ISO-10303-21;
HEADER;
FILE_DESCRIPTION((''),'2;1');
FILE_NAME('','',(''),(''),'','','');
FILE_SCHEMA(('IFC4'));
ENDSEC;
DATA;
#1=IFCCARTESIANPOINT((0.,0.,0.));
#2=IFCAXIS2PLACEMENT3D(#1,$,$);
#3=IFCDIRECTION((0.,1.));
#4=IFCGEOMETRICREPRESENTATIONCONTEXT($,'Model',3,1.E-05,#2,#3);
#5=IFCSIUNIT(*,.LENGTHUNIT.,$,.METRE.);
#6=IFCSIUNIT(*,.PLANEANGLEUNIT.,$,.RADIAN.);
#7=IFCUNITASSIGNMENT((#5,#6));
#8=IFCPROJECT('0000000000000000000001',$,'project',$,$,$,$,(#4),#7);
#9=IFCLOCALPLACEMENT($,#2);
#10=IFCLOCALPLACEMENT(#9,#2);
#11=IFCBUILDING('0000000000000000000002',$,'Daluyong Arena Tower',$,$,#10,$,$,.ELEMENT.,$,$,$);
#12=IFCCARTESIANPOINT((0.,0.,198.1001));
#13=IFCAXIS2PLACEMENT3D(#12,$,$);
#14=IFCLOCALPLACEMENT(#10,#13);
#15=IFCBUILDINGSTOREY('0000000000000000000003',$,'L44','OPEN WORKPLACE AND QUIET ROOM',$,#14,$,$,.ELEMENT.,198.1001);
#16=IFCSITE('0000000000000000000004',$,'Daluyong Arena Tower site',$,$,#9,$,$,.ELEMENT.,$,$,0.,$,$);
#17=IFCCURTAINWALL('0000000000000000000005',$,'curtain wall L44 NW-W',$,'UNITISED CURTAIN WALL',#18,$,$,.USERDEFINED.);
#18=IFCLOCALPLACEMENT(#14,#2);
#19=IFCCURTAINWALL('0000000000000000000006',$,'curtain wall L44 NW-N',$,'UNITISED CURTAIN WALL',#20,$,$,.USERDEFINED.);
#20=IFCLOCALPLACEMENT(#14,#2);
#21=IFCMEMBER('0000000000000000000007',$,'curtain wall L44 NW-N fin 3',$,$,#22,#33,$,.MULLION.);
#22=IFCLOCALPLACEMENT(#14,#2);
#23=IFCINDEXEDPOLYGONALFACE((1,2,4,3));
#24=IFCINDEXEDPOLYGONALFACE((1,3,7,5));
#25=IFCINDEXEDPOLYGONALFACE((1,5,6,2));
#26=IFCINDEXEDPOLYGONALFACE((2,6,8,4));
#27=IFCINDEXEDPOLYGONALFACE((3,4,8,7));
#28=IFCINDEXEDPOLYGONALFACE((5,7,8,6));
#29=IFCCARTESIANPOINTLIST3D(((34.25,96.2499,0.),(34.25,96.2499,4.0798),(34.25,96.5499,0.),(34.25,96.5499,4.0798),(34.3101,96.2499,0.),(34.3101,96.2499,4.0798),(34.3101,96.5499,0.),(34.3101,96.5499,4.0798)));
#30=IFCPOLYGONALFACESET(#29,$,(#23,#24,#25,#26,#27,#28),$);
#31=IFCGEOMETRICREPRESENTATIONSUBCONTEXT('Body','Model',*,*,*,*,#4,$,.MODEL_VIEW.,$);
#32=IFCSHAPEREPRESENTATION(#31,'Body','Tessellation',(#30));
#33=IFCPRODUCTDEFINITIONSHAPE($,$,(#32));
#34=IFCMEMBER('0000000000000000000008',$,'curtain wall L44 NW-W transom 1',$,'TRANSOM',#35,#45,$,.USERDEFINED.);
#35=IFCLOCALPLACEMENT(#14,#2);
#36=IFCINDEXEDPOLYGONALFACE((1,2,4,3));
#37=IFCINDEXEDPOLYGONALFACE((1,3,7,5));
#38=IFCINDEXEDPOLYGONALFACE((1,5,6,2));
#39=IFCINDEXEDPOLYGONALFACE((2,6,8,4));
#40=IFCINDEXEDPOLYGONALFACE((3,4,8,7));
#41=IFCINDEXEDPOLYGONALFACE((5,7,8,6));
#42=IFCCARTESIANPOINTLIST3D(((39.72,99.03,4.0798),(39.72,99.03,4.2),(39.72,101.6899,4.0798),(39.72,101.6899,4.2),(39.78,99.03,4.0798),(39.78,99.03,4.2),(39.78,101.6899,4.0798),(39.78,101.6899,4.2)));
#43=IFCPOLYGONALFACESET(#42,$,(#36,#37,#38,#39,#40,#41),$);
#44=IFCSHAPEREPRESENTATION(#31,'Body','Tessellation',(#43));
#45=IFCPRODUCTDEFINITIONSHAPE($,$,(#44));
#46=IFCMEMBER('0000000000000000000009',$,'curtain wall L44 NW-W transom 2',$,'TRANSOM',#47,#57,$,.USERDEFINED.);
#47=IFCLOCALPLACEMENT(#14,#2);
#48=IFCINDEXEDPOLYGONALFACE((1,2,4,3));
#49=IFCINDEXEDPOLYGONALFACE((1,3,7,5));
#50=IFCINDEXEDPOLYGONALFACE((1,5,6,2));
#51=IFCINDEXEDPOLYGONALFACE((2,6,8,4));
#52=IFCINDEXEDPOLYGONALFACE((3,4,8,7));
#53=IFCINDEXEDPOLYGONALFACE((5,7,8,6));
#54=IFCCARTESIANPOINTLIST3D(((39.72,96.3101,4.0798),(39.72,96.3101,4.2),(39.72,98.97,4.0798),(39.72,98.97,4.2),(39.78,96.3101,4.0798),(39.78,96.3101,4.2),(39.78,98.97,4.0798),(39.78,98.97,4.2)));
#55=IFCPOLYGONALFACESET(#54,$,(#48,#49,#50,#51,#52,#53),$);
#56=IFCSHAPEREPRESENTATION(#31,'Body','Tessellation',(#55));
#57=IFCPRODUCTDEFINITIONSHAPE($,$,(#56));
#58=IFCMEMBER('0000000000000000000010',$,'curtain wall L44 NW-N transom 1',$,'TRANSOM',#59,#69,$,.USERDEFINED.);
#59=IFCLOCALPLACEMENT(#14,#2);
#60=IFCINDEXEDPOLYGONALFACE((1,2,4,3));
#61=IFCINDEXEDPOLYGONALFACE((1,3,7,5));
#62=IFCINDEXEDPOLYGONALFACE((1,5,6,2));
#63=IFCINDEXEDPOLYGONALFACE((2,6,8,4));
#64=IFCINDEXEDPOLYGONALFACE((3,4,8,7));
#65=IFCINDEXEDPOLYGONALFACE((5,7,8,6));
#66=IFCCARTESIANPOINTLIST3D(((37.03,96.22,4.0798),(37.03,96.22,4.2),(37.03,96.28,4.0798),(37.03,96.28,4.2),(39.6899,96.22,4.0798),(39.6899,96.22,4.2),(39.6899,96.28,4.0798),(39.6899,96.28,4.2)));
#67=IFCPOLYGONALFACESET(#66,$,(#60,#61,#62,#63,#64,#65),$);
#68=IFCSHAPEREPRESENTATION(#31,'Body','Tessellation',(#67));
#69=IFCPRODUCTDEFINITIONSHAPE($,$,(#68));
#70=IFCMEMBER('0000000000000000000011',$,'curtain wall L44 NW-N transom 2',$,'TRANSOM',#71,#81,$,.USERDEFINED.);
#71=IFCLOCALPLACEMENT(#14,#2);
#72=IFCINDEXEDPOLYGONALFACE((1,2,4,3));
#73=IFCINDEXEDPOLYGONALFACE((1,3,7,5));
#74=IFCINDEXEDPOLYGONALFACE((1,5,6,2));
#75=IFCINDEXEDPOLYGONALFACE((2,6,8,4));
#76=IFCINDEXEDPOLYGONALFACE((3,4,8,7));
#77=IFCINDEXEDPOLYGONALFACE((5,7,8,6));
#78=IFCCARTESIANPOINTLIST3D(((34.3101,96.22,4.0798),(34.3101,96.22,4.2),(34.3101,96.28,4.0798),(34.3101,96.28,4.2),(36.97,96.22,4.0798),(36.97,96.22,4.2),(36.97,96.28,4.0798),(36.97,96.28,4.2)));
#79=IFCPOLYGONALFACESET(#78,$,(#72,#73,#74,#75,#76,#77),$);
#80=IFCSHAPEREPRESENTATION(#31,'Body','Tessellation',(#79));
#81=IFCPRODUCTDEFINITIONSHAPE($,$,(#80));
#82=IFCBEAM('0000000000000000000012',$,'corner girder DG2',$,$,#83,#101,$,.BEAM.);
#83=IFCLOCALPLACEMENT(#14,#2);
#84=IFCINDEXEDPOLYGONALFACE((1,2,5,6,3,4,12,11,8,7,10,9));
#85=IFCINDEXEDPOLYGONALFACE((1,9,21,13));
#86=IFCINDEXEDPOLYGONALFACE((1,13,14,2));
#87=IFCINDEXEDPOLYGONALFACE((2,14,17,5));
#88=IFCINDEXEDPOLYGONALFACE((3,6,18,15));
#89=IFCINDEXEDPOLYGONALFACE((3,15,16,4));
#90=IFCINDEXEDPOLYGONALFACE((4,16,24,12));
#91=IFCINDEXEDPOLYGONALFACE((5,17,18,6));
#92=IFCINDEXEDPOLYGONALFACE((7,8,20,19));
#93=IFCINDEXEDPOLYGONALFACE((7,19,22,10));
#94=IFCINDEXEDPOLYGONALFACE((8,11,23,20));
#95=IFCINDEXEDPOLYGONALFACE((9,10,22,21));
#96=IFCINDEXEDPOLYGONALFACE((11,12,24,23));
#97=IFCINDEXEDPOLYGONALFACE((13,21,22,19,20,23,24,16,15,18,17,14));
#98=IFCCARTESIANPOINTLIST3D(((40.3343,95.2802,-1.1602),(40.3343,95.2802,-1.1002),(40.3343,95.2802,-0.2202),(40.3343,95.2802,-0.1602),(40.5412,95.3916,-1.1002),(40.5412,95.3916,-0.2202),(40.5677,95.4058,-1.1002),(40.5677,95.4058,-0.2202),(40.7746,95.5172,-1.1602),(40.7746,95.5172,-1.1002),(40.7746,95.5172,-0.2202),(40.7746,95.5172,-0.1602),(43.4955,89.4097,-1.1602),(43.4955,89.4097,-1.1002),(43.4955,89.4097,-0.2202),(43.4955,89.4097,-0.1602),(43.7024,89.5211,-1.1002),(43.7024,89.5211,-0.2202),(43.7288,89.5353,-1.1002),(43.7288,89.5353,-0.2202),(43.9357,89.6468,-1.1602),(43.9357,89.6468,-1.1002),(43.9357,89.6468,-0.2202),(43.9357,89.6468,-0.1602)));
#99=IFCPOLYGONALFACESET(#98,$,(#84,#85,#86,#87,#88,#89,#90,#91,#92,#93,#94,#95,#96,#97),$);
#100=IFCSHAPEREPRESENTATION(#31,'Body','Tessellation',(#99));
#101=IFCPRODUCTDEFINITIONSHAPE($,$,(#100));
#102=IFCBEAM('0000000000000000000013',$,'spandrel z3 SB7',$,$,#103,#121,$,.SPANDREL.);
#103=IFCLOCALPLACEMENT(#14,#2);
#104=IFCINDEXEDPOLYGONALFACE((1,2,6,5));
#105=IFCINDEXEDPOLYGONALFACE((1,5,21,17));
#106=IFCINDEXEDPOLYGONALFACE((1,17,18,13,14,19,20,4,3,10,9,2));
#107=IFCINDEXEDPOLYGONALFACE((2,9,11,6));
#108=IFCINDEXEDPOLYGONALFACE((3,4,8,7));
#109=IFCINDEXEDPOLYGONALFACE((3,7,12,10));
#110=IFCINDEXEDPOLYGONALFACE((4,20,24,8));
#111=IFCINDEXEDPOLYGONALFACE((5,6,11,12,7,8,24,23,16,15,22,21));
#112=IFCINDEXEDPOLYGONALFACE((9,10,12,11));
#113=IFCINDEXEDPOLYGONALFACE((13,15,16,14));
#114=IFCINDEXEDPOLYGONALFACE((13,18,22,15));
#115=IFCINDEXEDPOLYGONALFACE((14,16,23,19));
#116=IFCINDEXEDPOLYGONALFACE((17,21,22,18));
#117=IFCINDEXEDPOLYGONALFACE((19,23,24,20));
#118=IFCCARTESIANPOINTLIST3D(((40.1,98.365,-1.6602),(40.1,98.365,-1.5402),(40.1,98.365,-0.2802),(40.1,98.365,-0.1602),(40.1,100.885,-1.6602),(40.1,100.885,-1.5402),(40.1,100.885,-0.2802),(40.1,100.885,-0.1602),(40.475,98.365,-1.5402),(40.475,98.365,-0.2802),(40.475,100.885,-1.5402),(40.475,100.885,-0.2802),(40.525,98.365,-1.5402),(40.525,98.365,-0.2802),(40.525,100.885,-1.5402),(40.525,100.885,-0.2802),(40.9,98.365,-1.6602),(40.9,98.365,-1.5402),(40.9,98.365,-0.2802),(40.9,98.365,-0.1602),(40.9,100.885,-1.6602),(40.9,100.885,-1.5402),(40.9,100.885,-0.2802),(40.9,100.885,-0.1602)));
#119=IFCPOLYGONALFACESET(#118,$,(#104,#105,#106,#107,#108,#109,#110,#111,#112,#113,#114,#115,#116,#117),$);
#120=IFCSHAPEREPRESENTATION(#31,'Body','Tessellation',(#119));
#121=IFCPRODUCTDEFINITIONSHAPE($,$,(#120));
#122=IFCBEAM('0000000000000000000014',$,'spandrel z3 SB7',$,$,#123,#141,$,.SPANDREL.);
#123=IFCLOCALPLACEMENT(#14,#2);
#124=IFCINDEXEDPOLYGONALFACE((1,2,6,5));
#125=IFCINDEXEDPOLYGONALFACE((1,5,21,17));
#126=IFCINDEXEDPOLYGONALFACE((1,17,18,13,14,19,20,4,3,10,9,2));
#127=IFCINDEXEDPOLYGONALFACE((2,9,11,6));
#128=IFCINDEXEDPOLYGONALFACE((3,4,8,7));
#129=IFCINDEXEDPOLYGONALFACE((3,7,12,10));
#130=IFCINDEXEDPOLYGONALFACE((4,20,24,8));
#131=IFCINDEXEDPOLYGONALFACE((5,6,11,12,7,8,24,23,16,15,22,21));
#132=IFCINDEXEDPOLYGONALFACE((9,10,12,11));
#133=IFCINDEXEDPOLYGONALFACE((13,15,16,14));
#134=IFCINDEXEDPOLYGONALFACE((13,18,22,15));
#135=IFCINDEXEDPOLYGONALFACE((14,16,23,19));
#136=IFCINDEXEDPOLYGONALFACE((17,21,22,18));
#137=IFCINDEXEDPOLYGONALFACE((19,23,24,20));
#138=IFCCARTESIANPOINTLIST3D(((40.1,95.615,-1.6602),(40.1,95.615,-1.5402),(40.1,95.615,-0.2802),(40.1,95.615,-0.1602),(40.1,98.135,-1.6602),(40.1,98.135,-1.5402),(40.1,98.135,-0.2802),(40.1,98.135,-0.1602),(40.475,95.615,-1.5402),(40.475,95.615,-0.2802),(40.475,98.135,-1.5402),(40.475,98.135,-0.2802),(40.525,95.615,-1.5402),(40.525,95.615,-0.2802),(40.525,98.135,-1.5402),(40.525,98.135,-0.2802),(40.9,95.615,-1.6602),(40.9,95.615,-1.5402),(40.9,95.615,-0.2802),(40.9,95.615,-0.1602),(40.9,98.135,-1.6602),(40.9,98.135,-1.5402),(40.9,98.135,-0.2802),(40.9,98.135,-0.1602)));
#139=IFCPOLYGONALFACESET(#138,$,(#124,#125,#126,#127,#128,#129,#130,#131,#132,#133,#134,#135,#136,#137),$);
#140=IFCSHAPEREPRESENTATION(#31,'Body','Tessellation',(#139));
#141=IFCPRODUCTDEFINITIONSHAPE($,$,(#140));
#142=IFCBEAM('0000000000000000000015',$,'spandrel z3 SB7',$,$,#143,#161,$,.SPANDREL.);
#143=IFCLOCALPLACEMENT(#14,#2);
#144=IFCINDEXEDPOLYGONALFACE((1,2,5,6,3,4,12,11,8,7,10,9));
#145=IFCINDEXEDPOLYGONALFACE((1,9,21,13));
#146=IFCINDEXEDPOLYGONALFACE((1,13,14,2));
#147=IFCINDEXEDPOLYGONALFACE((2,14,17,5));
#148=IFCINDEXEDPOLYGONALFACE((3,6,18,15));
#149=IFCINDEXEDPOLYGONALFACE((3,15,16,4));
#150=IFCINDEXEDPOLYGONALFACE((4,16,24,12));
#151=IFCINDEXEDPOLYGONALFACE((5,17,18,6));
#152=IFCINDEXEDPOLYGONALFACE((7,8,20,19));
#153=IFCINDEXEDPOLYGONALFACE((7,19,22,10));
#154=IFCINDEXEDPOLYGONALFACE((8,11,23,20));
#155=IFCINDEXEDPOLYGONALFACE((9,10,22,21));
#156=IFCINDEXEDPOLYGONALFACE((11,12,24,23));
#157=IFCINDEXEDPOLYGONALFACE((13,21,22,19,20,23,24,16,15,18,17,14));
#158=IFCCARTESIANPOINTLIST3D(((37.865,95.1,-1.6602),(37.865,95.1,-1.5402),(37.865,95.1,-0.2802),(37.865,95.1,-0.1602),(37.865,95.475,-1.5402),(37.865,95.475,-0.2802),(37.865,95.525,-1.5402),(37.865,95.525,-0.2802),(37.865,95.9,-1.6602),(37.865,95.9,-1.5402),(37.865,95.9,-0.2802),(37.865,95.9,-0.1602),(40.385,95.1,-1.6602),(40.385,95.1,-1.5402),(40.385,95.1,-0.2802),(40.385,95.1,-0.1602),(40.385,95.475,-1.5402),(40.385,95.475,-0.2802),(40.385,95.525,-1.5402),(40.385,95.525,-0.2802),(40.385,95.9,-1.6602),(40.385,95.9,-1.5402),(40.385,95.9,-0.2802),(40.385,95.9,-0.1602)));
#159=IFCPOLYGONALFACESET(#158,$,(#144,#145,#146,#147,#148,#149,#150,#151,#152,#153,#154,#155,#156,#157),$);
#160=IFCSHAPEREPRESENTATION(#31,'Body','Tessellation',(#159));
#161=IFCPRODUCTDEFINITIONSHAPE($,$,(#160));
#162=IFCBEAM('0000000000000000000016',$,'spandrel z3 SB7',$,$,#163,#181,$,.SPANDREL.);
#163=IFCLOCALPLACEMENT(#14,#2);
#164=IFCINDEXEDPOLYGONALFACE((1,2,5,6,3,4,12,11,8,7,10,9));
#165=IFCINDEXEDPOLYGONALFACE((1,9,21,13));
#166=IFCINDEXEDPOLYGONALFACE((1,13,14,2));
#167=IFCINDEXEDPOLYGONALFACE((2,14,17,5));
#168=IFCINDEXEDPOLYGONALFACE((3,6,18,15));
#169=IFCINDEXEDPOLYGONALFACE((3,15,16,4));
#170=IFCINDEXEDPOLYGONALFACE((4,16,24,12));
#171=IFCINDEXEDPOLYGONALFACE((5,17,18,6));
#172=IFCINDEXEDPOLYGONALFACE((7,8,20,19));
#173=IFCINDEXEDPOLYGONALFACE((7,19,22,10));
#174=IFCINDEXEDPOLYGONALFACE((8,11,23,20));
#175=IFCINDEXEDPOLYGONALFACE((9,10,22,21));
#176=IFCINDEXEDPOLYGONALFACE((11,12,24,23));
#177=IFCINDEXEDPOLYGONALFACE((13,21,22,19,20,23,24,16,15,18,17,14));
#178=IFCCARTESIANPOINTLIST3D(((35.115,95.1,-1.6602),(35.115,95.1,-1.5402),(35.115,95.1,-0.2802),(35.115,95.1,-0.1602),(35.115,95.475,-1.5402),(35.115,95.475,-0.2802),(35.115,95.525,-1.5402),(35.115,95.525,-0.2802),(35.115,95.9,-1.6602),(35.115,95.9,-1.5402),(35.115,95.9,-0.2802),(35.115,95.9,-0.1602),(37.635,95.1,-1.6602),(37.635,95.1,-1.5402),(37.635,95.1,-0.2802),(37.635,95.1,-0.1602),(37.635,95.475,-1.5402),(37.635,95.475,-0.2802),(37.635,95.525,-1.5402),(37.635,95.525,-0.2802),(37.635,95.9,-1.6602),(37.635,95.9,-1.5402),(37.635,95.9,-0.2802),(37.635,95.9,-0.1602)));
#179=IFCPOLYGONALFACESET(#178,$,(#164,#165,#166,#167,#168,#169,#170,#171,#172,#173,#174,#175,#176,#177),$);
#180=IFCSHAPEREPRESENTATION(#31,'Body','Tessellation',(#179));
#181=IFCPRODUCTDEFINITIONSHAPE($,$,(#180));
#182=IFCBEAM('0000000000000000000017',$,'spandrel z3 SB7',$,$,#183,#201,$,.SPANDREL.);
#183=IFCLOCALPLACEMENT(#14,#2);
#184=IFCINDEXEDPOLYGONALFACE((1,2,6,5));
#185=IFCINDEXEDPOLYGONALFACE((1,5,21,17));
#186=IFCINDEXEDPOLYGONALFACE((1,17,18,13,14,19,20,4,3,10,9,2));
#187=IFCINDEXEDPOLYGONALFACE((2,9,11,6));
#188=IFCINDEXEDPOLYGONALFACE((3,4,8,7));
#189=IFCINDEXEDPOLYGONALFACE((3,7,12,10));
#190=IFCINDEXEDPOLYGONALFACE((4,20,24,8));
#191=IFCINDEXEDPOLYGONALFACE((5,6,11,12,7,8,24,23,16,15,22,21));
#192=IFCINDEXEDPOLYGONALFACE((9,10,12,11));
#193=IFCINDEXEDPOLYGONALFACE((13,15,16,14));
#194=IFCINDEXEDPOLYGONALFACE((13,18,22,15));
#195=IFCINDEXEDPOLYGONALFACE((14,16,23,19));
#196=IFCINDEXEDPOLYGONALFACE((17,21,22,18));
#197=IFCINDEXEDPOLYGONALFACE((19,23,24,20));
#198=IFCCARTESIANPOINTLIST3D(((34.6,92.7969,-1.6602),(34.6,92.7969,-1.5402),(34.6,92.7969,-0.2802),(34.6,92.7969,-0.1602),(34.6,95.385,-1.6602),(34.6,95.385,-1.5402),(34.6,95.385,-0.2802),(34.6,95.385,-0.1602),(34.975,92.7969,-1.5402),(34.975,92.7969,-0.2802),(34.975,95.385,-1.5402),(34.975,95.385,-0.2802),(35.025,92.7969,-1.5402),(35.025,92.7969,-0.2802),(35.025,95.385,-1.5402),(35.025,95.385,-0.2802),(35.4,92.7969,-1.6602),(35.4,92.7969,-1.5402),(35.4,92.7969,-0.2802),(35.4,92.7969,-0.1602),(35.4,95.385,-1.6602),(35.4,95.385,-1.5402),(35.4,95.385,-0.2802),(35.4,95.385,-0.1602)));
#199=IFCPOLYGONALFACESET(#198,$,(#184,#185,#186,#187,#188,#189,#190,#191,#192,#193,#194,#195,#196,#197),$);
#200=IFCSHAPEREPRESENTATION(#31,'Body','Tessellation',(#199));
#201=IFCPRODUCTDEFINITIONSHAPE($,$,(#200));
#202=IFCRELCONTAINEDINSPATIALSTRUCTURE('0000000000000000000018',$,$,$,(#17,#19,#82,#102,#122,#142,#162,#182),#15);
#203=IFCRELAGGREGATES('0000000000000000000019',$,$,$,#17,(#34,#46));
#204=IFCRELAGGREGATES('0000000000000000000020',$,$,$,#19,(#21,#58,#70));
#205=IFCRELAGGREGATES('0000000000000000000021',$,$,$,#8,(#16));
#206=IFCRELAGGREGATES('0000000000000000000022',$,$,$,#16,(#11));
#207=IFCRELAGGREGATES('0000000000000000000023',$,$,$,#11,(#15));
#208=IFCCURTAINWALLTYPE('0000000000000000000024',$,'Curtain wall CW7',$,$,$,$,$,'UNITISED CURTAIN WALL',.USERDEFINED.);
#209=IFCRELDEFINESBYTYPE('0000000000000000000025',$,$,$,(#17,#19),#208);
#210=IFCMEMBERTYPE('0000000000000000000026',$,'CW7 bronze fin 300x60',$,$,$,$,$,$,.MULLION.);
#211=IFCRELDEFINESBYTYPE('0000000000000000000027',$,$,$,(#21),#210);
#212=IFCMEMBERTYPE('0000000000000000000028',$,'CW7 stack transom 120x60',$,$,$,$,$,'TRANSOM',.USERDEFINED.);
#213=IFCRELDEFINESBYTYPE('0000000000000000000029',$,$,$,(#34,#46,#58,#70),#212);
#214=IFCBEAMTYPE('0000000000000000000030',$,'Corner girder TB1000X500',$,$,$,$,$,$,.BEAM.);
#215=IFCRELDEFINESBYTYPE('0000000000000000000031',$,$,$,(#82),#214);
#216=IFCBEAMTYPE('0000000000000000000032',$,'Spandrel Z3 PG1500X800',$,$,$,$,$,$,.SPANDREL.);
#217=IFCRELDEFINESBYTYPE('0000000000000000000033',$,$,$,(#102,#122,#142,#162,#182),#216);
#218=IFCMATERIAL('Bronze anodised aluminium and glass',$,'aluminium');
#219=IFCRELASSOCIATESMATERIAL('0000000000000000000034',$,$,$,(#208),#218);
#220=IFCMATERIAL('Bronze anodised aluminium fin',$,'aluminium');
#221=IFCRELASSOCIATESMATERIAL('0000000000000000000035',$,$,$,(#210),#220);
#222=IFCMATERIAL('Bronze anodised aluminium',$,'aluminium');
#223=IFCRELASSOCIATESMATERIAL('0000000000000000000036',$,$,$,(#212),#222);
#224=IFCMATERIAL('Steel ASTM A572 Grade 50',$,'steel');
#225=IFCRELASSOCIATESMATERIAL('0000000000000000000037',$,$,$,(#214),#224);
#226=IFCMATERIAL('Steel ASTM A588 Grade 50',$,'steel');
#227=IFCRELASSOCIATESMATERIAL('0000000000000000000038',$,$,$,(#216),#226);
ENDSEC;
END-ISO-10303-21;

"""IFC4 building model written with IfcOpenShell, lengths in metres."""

from ifc_helpers import new_model, si_unit, direction, frame, origin, origin_2d, place, context, subcontext, project, spatial, rectangle, i_section, extrude, material, material_profile, profile_set, type_object, element, aggregate, save


model = new_model("IFC4")

# Units and contexts
model_context = context("Model", 3, precision=1e-05, world=origin(), true_north=direction((0.0, 1.0)))
body_context = subcontext(model_context, "Body", "Model", "MODEL_VIEW")
ifc_project = project(units=[si_unit("LENGTHUNIT", "METRE"), si_unit("PLANEANGLEUNIT", "RADIAN")], contexts=[model_context])

# Site, building, storey
site_placement = place(None, origin())
site = spatial("IfcSite", under=ifc_project, at=site_placement, Name="Daluyong Arena Tower site", CompositionType="ELEMENT", RefElevation=0.0)
building_placement = place(site_placement, origin())
building = spatial("IfcBuilding", under=site, at=building_placement, Name="Daluyong Arena Tower", CompositionType="ELEMENT")
storey_placement = place(building_placement, frame((0.0, 0.0, 198.1001)))
storey = spatial("IfcBuildingStorey", under=building, at=storey_placement, Name="L44", Description="OPEN WORKPLACE AND QUIET ROOM", CompositionType="ELEMENT", Elevation=198.1001)

# Curtain walls, member
ifc_material_1 = material(Name="Bronze anodised aluminium and glass", Category="aluminium")
curtain_wall_type_1 = type_object("IfcCurtainWallType", Name="Curtain wall CW7", ElementType="UNITISED CURTAIN WALL", PredefinedType="USERDEFINED", material=ifc_material_1)
curtain_wall_1_placement = place(storey_placement, origin())
curtain_wall_1 = element("IfcCurtainWall", 1, at=curtain_wall_1_placement, inside=storey, type_object=curtain_wall_type_1, Name="curtain wall L44 NW-W", ObjectType="UNITISED CURTAIN WALL", PredefinedType="USERDEFINED")
ifc_material_2 = material(Name="Bronze anodised aluminium fin", Category="aluminium")
ifc_material_profile_1 = material_profile(ifc_material_2, rectangle(XDim=0.3, YDim=0.0601, at=origin_2d()))
ifc_profile_set_1 = profile_set([ifc_material_profile_1], Name="Bronze anodised aluminium fin")
member_type_1 = type_object("IfcMemberType", Name="CW7 bronze fin 300x60", PredefinedType="MULLION", material=ifc_profile_set_1)
curtain_wall_2_placement = place(storey_placement, origin())
curtain_wall_2 = element("IfcCurtainWall", 2, at=curtain_wall_2_placement, inside=storey, type_object=curtain_wall_type_1, Name="curtain wall L44 NW-N", ObjectType="UNITISED CURTAIN WALL", PredefinedType="USERDEFINED")
member_1_placement = place(storey_placement, frame((34.28, 96.3999, 0.0), z_axis=(0.0, 0.0, 1.0), x_axis=(0.0, -1.0, 0.0)))
member_1 = element("IfcMember", 3, at=member_1_placement, type_object=member_type_1, Name="curtain wall L44 NW-N fin 3", PredefinedType="MULLION", context=body_context, shape_type="SweptSolid", body=[
    extrude(rectangle(XDim=0.3, YDim=0.0601, at=origin_2d()), origin(), (0.0, 0.0, 1.0), 4.0798),
])

# Members
ifc_material_3 = material(Name="Bronze anodised aluminium", Category="aluminium")
ifc_material_profile_2 = material_profile(ifc_material_3, rectangle(XDim=0.0601, YDim=0.1201, at=origin_2d()))
ifc_profile_set_2 = profile_set([ifc_material_profile_2], Name="Bronze anodised aluminium")
member_type_2 = type_object("IfcMemberType", Name="CW7 stack transom 120x60", ElementType="TRANSOM", PredefinedType="USERDEFINED", material=ifc_profile_set_2)
member_2_placement = place(storey_placement, frame((39.75, 101.6899, 4.1399), z_axis=(0.0, -1.0, 0.0), x_axis=(1.0, 0.0, 0.0)))
member_2 = element("IfcMember", 4, at=member_2_placement, type_object=member_type_2, Name="curtain wall L44 NW-W transom 1", ObjectType="TRANSOM", PredefinedType="USERDEFINED", context=body_context, shape_type="SweptSolid", body=[
    extrude(rectangle(XDim=0.0601, YDim=0.1201, at=origin_2d()), origin(), (0.0, 0.0, 1.0), 2.6599),
])
member_3_placement = place(storey_placement, frame((39.75, 98.97, 4.1399), z_axis=(0.0, -1.0, 0.0), x_axis=(1.0, 0.0, 0.0)))
member_3 = element("IfcMember", 5, at=member_3_placement, type_object=member_type_2, Name="curtain wall L44 NW-W transom 2", ObjectType="TRANSOM", PredefinedType="USERDEFINED", context=body_context, shape_type="SweptSolid", body=[
    extrude(rectangle(XDim=0.0601, YDim=0.1201, at=origin_2d()), origin(), (0.0, 0.0, 1.0), 2.6599),
])
member_4_placement = place(storey_placement, frame((39.6899, 96.25, 4.1399), z_axis=(-1.0, 0.0, 0.0), x_axis=(0.0, -1.0, 0.0)))
member_4 = element("IfcMember", 6, at=member_4_placement, type_object=member_type_2, Name="curtain wall L44 NW-N transom 1", ObjectType="TRANSOM", PredefinedType="USERDEFINED", context=body_context, shape_type="SweptSolid", body=[
    extrude(rectangle(XDim=0.0601, YDim=0.1201, at=origin_2d()), origin(), (0.0, 0.0, 1.0), 2.6599),
])
member_5_placement = place(storey_placement, frame((36.97, 96.25, 4.1399), z_axis=(-1.0, 0.0, 0.0), x_axis=(0.0, -1.0, 0.0)))
member_5 = element("IfcMember", 7, at=member_5_placement, type_object=member_type_2, Name="curtain wall L44 NW-N transom 2", ObjectType="TRANSOM", PredefinedType="USERDEFINED", context=body_context, shape_type="SweptSolid", body=[
    extrude(rectangle(XDim=0.0601, YDim=0.1201, at=origin_2d()), origin(), (0.0, 0.0, 1.0), 2.6599),
])

# Beams
ifc_material_4 = material(Name="Steel ASTM A572 Grade 50", Category="steel")
ifc_material_profile_3 = material_profile(ifc_material_4, i_section(OverallWidth=0.5, OverallDepth=1.0, WebThickness=0.03, FlangeThickness=0.06, at=origin_2d()))
ifc_profile_set_3 = profile_set([ifc_material_profile_3], Name="Steel ASTM A572 Grade 50")
beam_type_1 = type_object("IfcBeamType", Name="Corner girder TB1000X500", PredefinedType="BEAM", material=ifc_profile_set_3)
beam_1_placement = place(storey_placement, frame((40.5544, 95.3987, -0.6602), z_axis=(0.474119, -0.880461, 0.0), x_axis=(0.880461, 0.474119, 0.0)))
element("IfcBeam", 8, at=beam_1_placement, inside=storey, type_object=beam_type_1, Name="corner girder DG2", PredefinedType="BEAM", context=body_context, shape_type="SweptSolid", body=[
    extrude(i_section(OverallWidth=0.5, OverallDepth=1.0, WebThickness=0.03, FlangeThickness=0.06, at=origin_2d()), origin(), (0.0, 0.0, 1.0), 6.6675),
])
ifc_material_5 = material(Name="Steel ASTM A588 Grade 50", Category="steel")
ifc_material_profile_4 = material_profile(ifc_material_5, i_section(OverallWidth=0.8, OverallDepth=1.5, WebThickness=0.05, FlangeThickness=0.12, at=origin_2d()))
ifc_profile_set_4 = profile_set([ifc_material_profile_4], Name="Steel ASTM A588 Grade 50")
beam_type_2 = type_object("IfcBeamType", Name="Spandrel Z3 PG1500X800", PredefinedType="SPANDREL", material=ifc_profile_set_4)
for number, where, z_axis, x_axis, name in (
    (9, (40.5, 100.885, -0.9102), (0.0, -1.0, 0.0), (1.0, 0.0, 0.0), "spandrel z3 SB7"),
    (10, (40.5, 98.135, -0.9102), (0.0, -1.0, 0.0), (1.0, 0.0, 0.0), "spandrel z3 SB7"),
    (11, (40.385, 95.5, -0.9102), (-1.0, 0.0, 0.0), (0.0, -1.0, 0.0), "spandrel z3 SB7"),
    (12, (37.635, 95.5, -0.9102), (-1.0, 0.0, 0.0), (0.0, -1.0, 0.0), "spandrel z3 SB7"),
):
    element("IfcBeam", number, at=place(storey_placement, frame(where, z_axis=z_axis, x_axis=x_axis)), inside=storey, type_object=beam_type_2, Name=name, PredefinedType="SPANDREL", context=body_context, shape_type="SweptSolid", body=[
        extrude(i_section(OverallWidth=0.8, OverallDepth=1.5, WebThickness=0.05, FlangeThickness=0.12, at=origin_2d()), origin(), (0.0, 0.0, 1.0), 2.52),
    ])
beam_2_placement = place(storey_placement, frame((35.0, 95.385, -0.9102), z_axis=(0.0, -1.0, 0.0), x_axis=(1.0, 0.0, 0.0)))
element("IfcBeam", 13, at=beam_2_placement, inside=storey, type_object=beam_type_2, Name="spandrel z3 SB7", PredefinedType="SPANDREL", context=body_context, shape_type="SweptSolid", body=[
    extrude(i_section(OverallWidth=0.8, OverallDepth=1.5, WebThickness=0.05, FlangeThickness=0.12, at=origin_2d()), origin(), (0.0, 0.0, 1.0), 2.5881),
])

aggregate(curtain_wall_1, [member_2, member_3])
aggregate(curtain_wall_2, [member_1, member_4, member_5])

save(model, "model.ifc")
